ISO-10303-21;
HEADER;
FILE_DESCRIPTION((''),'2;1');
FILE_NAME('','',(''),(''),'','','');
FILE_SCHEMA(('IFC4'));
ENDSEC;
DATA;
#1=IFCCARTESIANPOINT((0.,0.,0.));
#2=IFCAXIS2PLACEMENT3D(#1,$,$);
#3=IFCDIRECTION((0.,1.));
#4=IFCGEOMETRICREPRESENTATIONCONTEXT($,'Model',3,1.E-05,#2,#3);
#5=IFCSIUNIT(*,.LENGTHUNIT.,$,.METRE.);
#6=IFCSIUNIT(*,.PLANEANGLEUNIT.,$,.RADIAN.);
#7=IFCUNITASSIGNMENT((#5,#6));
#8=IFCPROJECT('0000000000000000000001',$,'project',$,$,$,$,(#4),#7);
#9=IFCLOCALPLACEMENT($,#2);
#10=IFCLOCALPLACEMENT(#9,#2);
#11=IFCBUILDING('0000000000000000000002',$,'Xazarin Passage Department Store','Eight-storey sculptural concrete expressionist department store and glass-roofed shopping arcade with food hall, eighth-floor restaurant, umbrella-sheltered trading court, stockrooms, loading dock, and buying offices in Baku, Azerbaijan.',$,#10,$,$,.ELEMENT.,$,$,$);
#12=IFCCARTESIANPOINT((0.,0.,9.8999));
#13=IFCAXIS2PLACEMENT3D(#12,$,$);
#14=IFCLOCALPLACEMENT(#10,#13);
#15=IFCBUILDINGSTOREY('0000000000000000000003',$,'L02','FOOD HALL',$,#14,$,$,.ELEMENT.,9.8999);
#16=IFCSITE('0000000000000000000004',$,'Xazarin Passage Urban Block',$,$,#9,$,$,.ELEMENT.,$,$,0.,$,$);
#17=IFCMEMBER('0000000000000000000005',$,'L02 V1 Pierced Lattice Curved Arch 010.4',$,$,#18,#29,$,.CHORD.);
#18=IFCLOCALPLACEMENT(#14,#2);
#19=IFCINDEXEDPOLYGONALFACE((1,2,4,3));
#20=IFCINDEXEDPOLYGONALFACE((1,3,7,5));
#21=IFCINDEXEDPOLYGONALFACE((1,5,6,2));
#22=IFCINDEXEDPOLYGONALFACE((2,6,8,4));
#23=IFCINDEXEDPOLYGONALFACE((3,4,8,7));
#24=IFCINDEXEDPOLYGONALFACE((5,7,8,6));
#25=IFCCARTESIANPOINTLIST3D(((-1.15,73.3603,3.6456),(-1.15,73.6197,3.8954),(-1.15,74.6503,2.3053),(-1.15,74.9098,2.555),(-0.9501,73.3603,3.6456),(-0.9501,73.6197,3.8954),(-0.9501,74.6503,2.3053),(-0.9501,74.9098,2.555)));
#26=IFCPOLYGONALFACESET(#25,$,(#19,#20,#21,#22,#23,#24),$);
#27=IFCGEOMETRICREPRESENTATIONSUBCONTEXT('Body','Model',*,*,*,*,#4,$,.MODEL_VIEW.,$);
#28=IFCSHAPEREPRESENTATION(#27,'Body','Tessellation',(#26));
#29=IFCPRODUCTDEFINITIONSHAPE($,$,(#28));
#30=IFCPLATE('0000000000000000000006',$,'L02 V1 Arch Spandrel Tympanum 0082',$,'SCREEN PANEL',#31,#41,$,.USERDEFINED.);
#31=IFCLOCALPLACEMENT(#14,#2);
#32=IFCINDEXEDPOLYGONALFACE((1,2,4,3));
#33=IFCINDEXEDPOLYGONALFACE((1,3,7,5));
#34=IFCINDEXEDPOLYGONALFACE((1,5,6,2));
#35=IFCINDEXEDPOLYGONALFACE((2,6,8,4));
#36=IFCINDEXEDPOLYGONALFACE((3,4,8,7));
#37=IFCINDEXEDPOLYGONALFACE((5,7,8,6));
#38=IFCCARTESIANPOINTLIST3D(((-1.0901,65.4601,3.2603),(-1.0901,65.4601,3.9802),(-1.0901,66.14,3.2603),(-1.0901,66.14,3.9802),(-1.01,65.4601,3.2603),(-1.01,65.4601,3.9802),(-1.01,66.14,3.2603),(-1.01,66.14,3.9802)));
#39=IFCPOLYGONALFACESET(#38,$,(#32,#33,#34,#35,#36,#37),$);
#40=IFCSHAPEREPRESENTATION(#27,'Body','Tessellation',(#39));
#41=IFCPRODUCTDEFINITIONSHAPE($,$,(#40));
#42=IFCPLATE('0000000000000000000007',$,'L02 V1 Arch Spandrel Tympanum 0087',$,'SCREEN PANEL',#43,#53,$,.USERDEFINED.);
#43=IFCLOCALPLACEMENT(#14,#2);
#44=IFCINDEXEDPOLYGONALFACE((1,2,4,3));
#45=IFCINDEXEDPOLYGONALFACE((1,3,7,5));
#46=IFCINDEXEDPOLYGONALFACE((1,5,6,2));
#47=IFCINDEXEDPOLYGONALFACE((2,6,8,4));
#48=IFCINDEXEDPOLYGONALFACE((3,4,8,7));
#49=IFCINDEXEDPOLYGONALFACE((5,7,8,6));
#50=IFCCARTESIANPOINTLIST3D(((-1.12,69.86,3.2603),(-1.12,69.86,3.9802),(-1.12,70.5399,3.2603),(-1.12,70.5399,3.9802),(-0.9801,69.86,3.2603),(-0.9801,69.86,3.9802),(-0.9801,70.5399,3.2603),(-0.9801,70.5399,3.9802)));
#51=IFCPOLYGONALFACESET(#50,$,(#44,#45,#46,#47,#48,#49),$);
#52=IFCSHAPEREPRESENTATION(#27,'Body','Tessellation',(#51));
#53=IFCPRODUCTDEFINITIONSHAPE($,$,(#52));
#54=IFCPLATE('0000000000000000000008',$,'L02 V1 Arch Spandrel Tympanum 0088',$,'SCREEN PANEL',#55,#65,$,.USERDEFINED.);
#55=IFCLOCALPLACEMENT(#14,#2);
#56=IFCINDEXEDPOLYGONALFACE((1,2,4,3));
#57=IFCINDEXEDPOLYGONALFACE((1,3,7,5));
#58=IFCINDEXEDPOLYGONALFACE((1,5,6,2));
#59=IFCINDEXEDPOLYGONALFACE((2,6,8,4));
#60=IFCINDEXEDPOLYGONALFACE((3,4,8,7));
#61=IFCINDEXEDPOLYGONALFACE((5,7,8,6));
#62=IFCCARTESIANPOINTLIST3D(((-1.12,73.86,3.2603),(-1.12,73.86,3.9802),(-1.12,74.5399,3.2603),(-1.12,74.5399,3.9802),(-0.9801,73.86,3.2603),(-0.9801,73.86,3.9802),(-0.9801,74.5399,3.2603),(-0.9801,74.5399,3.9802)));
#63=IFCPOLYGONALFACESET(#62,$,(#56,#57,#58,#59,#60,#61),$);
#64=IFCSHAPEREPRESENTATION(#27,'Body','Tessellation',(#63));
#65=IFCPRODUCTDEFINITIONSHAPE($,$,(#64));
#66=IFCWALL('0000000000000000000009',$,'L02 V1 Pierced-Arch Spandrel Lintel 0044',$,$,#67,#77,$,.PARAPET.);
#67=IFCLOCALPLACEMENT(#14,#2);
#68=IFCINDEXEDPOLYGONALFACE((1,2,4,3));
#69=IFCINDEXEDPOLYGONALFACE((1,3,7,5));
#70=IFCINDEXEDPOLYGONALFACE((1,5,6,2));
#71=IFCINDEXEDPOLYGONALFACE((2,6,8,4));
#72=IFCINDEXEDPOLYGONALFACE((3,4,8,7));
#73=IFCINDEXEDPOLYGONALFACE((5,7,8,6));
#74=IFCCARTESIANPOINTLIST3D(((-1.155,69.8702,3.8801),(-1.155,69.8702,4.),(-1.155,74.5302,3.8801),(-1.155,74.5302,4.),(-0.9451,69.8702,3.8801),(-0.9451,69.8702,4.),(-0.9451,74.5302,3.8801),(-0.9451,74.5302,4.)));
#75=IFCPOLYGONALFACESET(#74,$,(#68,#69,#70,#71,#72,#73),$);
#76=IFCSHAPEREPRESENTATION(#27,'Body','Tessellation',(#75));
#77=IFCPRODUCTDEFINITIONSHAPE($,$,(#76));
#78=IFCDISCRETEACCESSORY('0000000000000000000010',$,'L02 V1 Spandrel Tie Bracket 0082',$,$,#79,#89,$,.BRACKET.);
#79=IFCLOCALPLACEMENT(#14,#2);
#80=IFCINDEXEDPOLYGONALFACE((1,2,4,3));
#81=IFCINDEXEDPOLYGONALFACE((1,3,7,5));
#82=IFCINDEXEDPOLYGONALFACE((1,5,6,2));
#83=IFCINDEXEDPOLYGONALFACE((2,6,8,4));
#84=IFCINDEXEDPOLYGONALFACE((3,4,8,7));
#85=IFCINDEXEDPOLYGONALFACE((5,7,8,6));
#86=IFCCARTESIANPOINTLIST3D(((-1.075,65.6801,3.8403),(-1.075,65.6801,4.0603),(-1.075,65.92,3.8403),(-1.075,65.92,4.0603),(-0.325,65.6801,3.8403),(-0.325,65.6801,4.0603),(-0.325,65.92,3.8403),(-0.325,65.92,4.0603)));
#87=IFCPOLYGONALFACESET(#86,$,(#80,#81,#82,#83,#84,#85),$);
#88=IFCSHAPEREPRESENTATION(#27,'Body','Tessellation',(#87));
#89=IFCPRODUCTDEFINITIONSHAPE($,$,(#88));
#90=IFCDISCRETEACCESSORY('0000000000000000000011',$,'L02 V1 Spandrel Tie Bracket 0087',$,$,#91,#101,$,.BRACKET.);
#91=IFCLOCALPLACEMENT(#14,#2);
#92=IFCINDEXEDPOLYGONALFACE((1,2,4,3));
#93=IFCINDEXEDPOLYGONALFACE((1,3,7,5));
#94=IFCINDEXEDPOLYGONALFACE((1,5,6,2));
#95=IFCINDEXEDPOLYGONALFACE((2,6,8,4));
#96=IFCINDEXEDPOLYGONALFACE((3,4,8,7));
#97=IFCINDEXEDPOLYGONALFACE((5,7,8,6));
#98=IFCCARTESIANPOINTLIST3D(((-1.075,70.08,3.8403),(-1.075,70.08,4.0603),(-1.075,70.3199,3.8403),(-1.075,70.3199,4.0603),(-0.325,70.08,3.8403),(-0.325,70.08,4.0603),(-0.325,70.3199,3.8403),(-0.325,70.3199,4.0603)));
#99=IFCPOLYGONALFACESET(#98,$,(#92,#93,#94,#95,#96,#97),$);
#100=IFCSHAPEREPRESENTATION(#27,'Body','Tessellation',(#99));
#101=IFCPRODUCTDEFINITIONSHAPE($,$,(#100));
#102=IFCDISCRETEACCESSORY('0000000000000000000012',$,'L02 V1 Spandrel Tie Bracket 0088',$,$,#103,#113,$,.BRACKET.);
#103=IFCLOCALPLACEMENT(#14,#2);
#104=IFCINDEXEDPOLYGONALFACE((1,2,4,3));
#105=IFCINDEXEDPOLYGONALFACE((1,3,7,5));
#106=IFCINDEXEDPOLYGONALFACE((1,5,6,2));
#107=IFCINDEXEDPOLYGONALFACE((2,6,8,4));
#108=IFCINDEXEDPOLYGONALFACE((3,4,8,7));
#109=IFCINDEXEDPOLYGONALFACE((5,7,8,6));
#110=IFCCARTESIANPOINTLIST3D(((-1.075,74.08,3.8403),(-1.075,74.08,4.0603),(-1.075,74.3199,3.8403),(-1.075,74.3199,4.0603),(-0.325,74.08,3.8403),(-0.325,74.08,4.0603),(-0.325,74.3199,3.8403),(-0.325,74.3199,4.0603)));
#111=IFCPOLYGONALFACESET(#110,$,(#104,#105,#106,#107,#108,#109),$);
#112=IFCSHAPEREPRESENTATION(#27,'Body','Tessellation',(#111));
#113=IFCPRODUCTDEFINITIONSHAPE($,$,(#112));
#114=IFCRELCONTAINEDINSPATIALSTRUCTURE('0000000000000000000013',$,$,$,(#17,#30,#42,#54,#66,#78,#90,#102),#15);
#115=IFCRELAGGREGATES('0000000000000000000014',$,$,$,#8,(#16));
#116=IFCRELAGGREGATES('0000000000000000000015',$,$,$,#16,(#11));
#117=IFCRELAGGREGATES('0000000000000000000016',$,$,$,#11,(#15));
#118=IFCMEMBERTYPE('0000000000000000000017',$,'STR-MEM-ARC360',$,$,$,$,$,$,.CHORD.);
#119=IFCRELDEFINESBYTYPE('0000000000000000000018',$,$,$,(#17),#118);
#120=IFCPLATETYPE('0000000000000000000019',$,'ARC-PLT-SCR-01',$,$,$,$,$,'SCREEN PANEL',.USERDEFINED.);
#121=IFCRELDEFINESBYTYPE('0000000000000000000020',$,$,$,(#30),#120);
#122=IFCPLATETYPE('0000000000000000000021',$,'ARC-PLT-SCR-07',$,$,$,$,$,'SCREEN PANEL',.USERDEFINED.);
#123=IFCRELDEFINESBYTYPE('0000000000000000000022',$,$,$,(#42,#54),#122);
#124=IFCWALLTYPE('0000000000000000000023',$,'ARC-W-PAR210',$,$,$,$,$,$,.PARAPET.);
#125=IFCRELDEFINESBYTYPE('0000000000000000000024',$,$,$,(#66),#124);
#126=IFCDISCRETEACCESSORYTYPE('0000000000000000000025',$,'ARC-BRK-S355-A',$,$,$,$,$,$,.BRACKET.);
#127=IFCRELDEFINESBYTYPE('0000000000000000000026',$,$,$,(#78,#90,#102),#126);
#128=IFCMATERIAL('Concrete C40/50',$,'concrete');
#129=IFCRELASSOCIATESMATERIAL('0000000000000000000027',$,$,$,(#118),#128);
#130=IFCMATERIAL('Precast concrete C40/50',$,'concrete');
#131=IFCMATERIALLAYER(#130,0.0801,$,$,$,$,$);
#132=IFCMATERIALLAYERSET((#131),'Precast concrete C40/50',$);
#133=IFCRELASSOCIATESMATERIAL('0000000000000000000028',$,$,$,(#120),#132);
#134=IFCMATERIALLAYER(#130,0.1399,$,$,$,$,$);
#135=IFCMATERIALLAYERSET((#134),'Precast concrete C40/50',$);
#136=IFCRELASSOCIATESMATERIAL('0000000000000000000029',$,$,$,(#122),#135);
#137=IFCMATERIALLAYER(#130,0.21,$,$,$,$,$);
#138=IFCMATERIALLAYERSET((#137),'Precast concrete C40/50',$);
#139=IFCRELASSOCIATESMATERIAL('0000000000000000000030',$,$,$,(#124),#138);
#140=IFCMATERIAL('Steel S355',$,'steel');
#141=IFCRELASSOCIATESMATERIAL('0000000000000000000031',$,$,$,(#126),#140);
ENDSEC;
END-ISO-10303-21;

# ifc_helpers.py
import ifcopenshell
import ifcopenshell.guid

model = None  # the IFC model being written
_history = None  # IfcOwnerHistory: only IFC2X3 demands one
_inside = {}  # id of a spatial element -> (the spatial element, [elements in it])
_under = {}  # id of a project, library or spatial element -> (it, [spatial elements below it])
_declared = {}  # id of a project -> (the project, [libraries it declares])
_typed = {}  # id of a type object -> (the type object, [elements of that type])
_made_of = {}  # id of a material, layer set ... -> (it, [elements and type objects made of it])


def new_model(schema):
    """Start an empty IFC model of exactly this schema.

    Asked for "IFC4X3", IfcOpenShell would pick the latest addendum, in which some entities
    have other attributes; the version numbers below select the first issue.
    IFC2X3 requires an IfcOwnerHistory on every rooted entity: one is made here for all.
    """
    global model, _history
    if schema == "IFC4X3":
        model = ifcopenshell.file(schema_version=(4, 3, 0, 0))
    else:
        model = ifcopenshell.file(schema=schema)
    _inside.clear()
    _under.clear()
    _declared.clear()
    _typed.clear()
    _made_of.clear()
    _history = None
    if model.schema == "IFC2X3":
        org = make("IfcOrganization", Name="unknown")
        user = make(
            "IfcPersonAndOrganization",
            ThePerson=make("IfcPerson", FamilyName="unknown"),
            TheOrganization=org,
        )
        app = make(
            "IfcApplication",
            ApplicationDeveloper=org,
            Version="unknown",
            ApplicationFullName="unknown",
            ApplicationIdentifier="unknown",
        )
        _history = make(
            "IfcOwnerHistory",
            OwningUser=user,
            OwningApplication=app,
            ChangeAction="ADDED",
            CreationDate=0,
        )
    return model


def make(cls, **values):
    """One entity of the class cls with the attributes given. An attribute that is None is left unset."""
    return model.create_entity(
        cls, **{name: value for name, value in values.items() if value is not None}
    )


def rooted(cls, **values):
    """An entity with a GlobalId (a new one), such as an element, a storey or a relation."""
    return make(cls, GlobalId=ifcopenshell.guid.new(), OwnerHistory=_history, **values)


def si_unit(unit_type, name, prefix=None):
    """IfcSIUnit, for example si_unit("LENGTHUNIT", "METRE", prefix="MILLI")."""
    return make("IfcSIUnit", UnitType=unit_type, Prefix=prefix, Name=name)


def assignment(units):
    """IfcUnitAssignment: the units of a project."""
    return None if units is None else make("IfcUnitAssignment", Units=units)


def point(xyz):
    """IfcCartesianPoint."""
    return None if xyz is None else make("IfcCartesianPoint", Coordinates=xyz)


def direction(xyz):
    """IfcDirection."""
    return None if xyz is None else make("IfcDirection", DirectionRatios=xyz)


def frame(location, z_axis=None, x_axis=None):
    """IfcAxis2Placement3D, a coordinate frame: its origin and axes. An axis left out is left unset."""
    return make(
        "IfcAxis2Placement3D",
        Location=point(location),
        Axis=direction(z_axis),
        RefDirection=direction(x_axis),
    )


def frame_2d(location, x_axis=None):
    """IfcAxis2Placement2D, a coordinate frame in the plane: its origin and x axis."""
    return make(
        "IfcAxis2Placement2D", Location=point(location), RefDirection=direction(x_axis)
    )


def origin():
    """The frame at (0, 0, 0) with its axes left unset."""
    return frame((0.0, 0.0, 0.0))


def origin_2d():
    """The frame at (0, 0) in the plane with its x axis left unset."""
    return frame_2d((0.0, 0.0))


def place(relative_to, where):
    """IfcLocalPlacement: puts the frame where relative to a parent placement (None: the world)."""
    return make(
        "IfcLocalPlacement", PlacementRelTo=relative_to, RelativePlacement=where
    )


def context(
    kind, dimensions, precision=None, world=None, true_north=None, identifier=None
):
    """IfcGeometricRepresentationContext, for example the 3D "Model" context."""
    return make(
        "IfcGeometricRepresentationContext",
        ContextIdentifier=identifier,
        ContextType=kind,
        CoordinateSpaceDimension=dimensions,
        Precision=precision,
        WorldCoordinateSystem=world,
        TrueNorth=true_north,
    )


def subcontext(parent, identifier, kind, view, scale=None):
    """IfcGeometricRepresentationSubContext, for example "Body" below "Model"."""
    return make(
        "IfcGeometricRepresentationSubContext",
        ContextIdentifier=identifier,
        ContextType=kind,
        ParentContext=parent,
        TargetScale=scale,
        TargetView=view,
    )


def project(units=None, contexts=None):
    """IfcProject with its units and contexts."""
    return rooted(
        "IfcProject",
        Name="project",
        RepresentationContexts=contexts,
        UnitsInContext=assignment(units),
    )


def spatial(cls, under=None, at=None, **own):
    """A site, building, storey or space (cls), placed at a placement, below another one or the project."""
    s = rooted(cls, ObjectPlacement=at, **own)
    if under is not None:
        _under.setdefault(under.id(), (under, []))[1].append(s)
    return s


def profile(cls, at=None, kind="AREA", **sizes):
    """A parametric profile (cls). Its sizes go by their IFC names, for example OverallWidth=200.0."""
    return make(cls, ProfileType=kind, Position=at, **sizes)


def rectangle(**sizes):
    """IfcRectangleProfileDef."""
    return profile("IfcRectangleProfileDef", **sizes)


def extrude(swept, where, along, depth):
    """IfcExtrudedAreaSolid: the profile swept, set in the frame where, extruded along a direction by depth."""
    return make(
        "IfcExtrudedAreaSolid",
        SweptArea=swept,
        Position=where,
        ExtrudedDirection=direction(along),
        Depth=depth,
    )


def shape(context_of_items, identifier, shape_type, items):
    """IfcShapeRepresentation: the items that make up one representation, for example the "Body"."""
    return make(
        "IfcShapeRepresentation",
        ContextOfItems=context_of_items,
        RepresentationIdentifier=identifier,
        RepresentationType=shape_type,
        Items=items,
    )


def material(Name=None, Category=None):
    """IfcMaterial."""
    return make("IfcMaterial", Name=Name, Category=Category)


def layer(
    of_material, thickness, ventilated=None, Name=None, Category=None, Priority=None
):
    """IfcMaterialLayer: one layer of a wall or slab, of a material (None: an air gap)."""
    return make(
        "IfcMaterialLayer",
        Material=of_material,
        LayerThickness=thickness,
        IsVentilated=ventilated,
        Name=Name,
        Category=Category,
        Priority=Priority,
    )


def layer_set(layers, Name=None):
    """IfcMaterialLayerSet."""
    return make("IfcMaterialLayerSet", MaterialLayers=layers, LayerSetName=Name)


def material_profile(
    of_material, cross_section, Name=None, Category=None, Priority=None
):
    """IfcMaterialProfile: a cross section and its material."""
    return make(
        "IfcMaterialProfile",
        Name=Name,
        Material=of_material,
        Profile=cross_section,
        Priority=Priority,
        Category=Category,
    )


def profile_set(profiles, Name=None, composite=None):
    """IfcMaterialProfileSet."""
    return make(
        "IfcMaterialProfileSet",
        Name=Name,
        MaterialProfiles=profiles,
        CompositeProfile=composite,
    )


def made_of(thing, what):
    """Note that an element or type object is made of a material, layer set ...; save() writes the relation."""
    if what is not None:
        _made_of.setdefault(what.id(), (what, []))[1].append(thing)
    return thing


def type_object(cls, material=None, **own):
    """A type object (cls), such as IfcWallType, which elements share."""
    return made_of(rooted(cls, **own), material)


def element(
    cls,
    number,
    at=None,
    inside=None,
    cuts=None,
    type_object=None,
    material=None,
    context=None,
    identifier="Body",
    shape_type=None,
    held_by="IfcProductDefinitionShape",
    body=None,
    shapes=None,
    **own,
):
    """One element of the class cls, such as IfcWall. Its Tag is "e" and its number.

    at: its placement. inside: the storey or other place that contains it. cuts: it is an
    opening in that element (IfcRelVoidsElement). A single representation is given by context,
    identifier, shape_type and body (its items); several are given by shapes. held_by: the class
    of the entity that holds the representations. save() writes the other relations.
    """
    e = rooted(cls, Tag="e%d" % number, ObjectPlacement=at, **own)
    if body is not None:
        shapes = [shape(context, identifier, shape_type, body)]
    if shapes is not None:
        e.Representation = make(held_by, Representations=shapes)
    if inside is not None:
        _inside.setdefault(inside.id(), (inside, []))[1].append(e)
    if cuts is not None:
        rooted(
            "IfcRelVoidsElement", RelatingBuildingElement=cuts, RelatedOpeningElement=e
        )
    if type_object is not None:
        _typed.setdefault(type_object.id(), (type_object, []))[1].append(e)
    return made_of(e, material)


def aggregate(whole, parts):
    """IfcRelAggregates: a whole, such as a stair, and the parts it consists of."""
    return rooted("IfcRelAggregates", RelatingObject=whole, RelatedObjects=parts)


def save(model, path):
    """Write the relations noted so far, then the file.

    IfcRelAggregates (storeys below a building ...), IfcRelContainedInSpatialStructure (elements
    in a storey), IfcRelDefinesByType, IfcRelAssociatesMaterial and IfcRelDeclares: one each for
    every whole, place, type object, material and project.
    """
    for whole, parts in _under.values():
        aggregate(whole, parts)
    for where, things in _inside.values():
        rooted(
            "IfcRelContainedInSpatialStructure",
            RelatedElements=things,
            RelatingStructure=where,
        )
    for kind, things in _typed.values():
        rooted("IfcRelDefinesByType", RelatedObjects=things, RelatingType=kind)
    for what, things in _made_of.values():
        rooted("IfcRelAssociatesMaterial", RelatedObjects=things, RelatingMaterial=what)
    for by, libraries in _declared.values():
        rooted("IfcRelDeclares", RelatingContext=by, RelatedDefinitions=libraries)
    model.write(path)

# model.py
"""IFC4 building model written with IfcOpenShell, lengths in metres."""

from ifc_helpers import new_model, si_unit, direction, frame, frame_2d, origin, origin_2d, place, context, subcontext, project, spatial, rectangle, extrude, material, layer, layer_set, material_profile, profile_set, type_object, element, save


model = new_model("IFC4")

# Units and contexts
model_context = context("Model", 3, precision=1e-05, world=origin(), true_north=direction((0.0, 1.0)))
body_context = subcontext(model_context, "Body", "Model", "MODEL_VIEW")
ifc_project = project(units=[si_unit("LENGTHUNIT", "METRE"), si_unit("PLANEANGLEUNIT", "RADIAN")], contexts=[model_context])

# Site, building, storey
site_placement = place(None, origin())
site = spatial("IfcSite", under=ifc_project, at=site_placement, Name="Xazarin Passage Urban Block", CompositionType="ELEMENT", RefElevation=0.0)
building_placement = place(site_placement, origin())
building = spatial("IfcBuilding", under=site, at=building_placement, Name="Xazarin Passage Department Store", Description="Eight-storey sculptural concrete expressionist department store and glass-roofed shopping arcade with food hall, eighth-floor restaurant, umbrella-sheltered trading court, stockrooms, loading dock, and buying offices in Baku, Azerbaijan.", CompositionType="ELEMENT")
storey_placement = place(building_placement, frame((0.0, 0.0, 9.8999)))
storey = spatial("IfcBuildingStorey", under=building, at=storey_placement, Name="L02", Description="FOOD HALL", CompositionType="ELEMENT", Elevation=9.8999)

# Shared definitions
ifc_material_1 = material(Name="Concrete C40/50", Category="concrete")

# Member
ifc_material_profile_1 = material_profile(ifc_material_1, rectangle(XDim=0.2, YDim=0.3601, at=origin_2d()), Name="RC 200x360")
ifc_profile_set_1 = profile_set([ifc_material_profile_1], Name="Concrete C40/50")
member_type_1 = type_object("IfcMemberType", Name="STR-MEM-ARC360", PredefinedType="CHORD", material=ifc_profile_set_1)
member_1_placement = place(storey_placement, frame((-1.05, 73.49, 3.7705), z_axis=(0.0, 0.69346, -0.720495), x_axis=(-1.0, 0.0, 0.0)))
element("IfcMember", 1, at=member_1_placement, inside=storey, type_object=member_type_1, Name="L02 V1 Pierced Lattice Curved Arch 010.4", PredefinedType="CHORD", context=body_context, shape_type="SweptSolid", body=[
    extrude(rectangle(XDim=0.2, YDim=0.3601, at=origin_2d()), origin(), (0.0, 0.0, 1.0), 1.8604),
])

# Plates
ifc_material_2 = material(Name="Precast concrete C40/50", Category="concrete")
ifc_layer_1 = layer(ifc_material_2, 0.0801)
ifc_layer_set_1 = layer_set([ifc_layer_1], Name="Precast concrete C40/50")
plate_type_1 = type_object("IfcPlateType", Name="ARC-PLT-SCR-01", ElementType="SCREEN PANEL", PredefinedType="USERDEFINED", material=ifc_layer_set_1)
plate_placement = place(storey_placement, frame((-1.05, 65.8, 3.2603), z_axis=(0.0, 0.0, 1.0), x_axis=(0.0, 1.0, 0.0)))
element("IfcPlate", 2, at=plate_placement, inside=storey, type_object=plate_type_1, Name="L02 V1 Arch Spandrel Tympanum 0082", ObjectType="SCREEN PANEL", PredefinedType="USERDEFINED", context=body_context, shape_type="SweptSolid", body=[
    extrude(rectangle(XDim=0.6799, YDim=0.0801, at=origin_2d()), origin(), (0.0, 0.0, 1.0), 0.72),
])
ifc_layer_2 = layer(ifc_material_2, 0.1399)
ifc_layer_set_2 = layer_set([ifc_layer_2], Name="Precast concrete C40/50")
plate_type_2 = type_object("IfcPlateType", Name="ARC-PLT-SCR-07", ElementType="SCREEN PANEL", PredefinedType="USERDEFINED", material=ifc_layer_set_2)
for number, where, z_axis, x_axis, name in (
    (3, (-1.05, 70.2, 3.2603), (0.0, 0.0, 1.0), (0.0, 1.0, 0.0), "L02 V1 Arch Spandrel Tympanum 0087"),
    (4, (-1.05, 74.2, 3.2603), (0.0, 0.0, 1.0), (0.0, 1.0, 0.0), "L02 V1 Arch Spandrel Tympanum 0088"),
):
    element("IfcPlate", number, at=place(storey_placement, frame(where, z_axis=z_axis, x_axis=x_axis)), inside=storey, type_object=plate_type_2, Name=name, ObjectType="SCREEN PANEL", PredefinedType="USERDEFINED", context=body_context, shape_type="SweptSolid", body=[
        extrude(rectangle(XDim=0.6799, YDim=0.1399, at=origin_2d()), origin(), (0.0, 0.0, 1.0), 0.72),
    ])

# Wall
ifc_layer_3 = layer(ifc_material_2, 0.21)
ifc_layer_set_3 = layer_set([ifc_layer_3], Name="Precast concrete C40/50")
wall_type = type_object("IfcWallType", Name="ARC-W-PAR210", PredefinedType="PARAPET", material=ifc_layer_set_3)
wall_placement = place(storey_placement, frame((-1.05, 69.8701, 3.8801), z_axis=(0.0, 0.0, 1.0), x_axis=(0.0, 1.0, 0.0)))
element("IfcWall", 5, at=wall_placement, inside=storey, type_object=wall_type, Name="L02 V1 Pierced-Arch Spandrel Lintel 0044", PredefinedType="PARAPET", context=body_context, shape_type="SweptSolid", body=[
    extrude(rectangle(XDim=4.6599, YDim=0.21, at=frame_2d((2.3301, 0.0))), origin(), (0.0, 0.0, 1.0), 0.1199),
])

# Discrete accessories
ifc_material_3 = material(Name="Steel S355", Category="steel")
discrete_accessory_type = type_object("IfcDiscreteAccessoryType", Name="ARC-BRK-S355-A", PredefinedType="BRACKET", material=ifc_material_3)
for number, where, z_axis, x_axis, name in (
    (6, (-0.7, 65.8, 3.8403), (0.0, 0.0, 1.0), (0.0, 1.0, 0.0), "L02 V1 Spandrel Tie Bracket 0082"),
    (7, (-0.7, 70.2, 3.8403), (0.0, 0.0, 1.0), (0.0, 1.0, 0.0), "L02 V1 Spandrel Tie Bracket 0087"),
    (8, (-0.7, 74.2, 3.8403), (0.0, 0.0, 1.0), (0.0, 1.0, 0.0), "L02 V1 Spandrel Tie Bracket 0088"),
):
    element("IfcDiscreteAccessory", number, at=place(storey_placement, frame(where, z_axis=z_axis, x_axis=x_axis)), inside=storey, type_object=discrete_accessory_type, Name=name, PredefinedType="BRACKET", context=body_context, shape_type="SweptSolid", body=[
        extrude(rectangle(XDim=0.24, YDim=0.75, at=origin_2d()), origin(), (0.0, 0.0, 1.0), 0.22),
    ])

save(model, "model.ifc")
